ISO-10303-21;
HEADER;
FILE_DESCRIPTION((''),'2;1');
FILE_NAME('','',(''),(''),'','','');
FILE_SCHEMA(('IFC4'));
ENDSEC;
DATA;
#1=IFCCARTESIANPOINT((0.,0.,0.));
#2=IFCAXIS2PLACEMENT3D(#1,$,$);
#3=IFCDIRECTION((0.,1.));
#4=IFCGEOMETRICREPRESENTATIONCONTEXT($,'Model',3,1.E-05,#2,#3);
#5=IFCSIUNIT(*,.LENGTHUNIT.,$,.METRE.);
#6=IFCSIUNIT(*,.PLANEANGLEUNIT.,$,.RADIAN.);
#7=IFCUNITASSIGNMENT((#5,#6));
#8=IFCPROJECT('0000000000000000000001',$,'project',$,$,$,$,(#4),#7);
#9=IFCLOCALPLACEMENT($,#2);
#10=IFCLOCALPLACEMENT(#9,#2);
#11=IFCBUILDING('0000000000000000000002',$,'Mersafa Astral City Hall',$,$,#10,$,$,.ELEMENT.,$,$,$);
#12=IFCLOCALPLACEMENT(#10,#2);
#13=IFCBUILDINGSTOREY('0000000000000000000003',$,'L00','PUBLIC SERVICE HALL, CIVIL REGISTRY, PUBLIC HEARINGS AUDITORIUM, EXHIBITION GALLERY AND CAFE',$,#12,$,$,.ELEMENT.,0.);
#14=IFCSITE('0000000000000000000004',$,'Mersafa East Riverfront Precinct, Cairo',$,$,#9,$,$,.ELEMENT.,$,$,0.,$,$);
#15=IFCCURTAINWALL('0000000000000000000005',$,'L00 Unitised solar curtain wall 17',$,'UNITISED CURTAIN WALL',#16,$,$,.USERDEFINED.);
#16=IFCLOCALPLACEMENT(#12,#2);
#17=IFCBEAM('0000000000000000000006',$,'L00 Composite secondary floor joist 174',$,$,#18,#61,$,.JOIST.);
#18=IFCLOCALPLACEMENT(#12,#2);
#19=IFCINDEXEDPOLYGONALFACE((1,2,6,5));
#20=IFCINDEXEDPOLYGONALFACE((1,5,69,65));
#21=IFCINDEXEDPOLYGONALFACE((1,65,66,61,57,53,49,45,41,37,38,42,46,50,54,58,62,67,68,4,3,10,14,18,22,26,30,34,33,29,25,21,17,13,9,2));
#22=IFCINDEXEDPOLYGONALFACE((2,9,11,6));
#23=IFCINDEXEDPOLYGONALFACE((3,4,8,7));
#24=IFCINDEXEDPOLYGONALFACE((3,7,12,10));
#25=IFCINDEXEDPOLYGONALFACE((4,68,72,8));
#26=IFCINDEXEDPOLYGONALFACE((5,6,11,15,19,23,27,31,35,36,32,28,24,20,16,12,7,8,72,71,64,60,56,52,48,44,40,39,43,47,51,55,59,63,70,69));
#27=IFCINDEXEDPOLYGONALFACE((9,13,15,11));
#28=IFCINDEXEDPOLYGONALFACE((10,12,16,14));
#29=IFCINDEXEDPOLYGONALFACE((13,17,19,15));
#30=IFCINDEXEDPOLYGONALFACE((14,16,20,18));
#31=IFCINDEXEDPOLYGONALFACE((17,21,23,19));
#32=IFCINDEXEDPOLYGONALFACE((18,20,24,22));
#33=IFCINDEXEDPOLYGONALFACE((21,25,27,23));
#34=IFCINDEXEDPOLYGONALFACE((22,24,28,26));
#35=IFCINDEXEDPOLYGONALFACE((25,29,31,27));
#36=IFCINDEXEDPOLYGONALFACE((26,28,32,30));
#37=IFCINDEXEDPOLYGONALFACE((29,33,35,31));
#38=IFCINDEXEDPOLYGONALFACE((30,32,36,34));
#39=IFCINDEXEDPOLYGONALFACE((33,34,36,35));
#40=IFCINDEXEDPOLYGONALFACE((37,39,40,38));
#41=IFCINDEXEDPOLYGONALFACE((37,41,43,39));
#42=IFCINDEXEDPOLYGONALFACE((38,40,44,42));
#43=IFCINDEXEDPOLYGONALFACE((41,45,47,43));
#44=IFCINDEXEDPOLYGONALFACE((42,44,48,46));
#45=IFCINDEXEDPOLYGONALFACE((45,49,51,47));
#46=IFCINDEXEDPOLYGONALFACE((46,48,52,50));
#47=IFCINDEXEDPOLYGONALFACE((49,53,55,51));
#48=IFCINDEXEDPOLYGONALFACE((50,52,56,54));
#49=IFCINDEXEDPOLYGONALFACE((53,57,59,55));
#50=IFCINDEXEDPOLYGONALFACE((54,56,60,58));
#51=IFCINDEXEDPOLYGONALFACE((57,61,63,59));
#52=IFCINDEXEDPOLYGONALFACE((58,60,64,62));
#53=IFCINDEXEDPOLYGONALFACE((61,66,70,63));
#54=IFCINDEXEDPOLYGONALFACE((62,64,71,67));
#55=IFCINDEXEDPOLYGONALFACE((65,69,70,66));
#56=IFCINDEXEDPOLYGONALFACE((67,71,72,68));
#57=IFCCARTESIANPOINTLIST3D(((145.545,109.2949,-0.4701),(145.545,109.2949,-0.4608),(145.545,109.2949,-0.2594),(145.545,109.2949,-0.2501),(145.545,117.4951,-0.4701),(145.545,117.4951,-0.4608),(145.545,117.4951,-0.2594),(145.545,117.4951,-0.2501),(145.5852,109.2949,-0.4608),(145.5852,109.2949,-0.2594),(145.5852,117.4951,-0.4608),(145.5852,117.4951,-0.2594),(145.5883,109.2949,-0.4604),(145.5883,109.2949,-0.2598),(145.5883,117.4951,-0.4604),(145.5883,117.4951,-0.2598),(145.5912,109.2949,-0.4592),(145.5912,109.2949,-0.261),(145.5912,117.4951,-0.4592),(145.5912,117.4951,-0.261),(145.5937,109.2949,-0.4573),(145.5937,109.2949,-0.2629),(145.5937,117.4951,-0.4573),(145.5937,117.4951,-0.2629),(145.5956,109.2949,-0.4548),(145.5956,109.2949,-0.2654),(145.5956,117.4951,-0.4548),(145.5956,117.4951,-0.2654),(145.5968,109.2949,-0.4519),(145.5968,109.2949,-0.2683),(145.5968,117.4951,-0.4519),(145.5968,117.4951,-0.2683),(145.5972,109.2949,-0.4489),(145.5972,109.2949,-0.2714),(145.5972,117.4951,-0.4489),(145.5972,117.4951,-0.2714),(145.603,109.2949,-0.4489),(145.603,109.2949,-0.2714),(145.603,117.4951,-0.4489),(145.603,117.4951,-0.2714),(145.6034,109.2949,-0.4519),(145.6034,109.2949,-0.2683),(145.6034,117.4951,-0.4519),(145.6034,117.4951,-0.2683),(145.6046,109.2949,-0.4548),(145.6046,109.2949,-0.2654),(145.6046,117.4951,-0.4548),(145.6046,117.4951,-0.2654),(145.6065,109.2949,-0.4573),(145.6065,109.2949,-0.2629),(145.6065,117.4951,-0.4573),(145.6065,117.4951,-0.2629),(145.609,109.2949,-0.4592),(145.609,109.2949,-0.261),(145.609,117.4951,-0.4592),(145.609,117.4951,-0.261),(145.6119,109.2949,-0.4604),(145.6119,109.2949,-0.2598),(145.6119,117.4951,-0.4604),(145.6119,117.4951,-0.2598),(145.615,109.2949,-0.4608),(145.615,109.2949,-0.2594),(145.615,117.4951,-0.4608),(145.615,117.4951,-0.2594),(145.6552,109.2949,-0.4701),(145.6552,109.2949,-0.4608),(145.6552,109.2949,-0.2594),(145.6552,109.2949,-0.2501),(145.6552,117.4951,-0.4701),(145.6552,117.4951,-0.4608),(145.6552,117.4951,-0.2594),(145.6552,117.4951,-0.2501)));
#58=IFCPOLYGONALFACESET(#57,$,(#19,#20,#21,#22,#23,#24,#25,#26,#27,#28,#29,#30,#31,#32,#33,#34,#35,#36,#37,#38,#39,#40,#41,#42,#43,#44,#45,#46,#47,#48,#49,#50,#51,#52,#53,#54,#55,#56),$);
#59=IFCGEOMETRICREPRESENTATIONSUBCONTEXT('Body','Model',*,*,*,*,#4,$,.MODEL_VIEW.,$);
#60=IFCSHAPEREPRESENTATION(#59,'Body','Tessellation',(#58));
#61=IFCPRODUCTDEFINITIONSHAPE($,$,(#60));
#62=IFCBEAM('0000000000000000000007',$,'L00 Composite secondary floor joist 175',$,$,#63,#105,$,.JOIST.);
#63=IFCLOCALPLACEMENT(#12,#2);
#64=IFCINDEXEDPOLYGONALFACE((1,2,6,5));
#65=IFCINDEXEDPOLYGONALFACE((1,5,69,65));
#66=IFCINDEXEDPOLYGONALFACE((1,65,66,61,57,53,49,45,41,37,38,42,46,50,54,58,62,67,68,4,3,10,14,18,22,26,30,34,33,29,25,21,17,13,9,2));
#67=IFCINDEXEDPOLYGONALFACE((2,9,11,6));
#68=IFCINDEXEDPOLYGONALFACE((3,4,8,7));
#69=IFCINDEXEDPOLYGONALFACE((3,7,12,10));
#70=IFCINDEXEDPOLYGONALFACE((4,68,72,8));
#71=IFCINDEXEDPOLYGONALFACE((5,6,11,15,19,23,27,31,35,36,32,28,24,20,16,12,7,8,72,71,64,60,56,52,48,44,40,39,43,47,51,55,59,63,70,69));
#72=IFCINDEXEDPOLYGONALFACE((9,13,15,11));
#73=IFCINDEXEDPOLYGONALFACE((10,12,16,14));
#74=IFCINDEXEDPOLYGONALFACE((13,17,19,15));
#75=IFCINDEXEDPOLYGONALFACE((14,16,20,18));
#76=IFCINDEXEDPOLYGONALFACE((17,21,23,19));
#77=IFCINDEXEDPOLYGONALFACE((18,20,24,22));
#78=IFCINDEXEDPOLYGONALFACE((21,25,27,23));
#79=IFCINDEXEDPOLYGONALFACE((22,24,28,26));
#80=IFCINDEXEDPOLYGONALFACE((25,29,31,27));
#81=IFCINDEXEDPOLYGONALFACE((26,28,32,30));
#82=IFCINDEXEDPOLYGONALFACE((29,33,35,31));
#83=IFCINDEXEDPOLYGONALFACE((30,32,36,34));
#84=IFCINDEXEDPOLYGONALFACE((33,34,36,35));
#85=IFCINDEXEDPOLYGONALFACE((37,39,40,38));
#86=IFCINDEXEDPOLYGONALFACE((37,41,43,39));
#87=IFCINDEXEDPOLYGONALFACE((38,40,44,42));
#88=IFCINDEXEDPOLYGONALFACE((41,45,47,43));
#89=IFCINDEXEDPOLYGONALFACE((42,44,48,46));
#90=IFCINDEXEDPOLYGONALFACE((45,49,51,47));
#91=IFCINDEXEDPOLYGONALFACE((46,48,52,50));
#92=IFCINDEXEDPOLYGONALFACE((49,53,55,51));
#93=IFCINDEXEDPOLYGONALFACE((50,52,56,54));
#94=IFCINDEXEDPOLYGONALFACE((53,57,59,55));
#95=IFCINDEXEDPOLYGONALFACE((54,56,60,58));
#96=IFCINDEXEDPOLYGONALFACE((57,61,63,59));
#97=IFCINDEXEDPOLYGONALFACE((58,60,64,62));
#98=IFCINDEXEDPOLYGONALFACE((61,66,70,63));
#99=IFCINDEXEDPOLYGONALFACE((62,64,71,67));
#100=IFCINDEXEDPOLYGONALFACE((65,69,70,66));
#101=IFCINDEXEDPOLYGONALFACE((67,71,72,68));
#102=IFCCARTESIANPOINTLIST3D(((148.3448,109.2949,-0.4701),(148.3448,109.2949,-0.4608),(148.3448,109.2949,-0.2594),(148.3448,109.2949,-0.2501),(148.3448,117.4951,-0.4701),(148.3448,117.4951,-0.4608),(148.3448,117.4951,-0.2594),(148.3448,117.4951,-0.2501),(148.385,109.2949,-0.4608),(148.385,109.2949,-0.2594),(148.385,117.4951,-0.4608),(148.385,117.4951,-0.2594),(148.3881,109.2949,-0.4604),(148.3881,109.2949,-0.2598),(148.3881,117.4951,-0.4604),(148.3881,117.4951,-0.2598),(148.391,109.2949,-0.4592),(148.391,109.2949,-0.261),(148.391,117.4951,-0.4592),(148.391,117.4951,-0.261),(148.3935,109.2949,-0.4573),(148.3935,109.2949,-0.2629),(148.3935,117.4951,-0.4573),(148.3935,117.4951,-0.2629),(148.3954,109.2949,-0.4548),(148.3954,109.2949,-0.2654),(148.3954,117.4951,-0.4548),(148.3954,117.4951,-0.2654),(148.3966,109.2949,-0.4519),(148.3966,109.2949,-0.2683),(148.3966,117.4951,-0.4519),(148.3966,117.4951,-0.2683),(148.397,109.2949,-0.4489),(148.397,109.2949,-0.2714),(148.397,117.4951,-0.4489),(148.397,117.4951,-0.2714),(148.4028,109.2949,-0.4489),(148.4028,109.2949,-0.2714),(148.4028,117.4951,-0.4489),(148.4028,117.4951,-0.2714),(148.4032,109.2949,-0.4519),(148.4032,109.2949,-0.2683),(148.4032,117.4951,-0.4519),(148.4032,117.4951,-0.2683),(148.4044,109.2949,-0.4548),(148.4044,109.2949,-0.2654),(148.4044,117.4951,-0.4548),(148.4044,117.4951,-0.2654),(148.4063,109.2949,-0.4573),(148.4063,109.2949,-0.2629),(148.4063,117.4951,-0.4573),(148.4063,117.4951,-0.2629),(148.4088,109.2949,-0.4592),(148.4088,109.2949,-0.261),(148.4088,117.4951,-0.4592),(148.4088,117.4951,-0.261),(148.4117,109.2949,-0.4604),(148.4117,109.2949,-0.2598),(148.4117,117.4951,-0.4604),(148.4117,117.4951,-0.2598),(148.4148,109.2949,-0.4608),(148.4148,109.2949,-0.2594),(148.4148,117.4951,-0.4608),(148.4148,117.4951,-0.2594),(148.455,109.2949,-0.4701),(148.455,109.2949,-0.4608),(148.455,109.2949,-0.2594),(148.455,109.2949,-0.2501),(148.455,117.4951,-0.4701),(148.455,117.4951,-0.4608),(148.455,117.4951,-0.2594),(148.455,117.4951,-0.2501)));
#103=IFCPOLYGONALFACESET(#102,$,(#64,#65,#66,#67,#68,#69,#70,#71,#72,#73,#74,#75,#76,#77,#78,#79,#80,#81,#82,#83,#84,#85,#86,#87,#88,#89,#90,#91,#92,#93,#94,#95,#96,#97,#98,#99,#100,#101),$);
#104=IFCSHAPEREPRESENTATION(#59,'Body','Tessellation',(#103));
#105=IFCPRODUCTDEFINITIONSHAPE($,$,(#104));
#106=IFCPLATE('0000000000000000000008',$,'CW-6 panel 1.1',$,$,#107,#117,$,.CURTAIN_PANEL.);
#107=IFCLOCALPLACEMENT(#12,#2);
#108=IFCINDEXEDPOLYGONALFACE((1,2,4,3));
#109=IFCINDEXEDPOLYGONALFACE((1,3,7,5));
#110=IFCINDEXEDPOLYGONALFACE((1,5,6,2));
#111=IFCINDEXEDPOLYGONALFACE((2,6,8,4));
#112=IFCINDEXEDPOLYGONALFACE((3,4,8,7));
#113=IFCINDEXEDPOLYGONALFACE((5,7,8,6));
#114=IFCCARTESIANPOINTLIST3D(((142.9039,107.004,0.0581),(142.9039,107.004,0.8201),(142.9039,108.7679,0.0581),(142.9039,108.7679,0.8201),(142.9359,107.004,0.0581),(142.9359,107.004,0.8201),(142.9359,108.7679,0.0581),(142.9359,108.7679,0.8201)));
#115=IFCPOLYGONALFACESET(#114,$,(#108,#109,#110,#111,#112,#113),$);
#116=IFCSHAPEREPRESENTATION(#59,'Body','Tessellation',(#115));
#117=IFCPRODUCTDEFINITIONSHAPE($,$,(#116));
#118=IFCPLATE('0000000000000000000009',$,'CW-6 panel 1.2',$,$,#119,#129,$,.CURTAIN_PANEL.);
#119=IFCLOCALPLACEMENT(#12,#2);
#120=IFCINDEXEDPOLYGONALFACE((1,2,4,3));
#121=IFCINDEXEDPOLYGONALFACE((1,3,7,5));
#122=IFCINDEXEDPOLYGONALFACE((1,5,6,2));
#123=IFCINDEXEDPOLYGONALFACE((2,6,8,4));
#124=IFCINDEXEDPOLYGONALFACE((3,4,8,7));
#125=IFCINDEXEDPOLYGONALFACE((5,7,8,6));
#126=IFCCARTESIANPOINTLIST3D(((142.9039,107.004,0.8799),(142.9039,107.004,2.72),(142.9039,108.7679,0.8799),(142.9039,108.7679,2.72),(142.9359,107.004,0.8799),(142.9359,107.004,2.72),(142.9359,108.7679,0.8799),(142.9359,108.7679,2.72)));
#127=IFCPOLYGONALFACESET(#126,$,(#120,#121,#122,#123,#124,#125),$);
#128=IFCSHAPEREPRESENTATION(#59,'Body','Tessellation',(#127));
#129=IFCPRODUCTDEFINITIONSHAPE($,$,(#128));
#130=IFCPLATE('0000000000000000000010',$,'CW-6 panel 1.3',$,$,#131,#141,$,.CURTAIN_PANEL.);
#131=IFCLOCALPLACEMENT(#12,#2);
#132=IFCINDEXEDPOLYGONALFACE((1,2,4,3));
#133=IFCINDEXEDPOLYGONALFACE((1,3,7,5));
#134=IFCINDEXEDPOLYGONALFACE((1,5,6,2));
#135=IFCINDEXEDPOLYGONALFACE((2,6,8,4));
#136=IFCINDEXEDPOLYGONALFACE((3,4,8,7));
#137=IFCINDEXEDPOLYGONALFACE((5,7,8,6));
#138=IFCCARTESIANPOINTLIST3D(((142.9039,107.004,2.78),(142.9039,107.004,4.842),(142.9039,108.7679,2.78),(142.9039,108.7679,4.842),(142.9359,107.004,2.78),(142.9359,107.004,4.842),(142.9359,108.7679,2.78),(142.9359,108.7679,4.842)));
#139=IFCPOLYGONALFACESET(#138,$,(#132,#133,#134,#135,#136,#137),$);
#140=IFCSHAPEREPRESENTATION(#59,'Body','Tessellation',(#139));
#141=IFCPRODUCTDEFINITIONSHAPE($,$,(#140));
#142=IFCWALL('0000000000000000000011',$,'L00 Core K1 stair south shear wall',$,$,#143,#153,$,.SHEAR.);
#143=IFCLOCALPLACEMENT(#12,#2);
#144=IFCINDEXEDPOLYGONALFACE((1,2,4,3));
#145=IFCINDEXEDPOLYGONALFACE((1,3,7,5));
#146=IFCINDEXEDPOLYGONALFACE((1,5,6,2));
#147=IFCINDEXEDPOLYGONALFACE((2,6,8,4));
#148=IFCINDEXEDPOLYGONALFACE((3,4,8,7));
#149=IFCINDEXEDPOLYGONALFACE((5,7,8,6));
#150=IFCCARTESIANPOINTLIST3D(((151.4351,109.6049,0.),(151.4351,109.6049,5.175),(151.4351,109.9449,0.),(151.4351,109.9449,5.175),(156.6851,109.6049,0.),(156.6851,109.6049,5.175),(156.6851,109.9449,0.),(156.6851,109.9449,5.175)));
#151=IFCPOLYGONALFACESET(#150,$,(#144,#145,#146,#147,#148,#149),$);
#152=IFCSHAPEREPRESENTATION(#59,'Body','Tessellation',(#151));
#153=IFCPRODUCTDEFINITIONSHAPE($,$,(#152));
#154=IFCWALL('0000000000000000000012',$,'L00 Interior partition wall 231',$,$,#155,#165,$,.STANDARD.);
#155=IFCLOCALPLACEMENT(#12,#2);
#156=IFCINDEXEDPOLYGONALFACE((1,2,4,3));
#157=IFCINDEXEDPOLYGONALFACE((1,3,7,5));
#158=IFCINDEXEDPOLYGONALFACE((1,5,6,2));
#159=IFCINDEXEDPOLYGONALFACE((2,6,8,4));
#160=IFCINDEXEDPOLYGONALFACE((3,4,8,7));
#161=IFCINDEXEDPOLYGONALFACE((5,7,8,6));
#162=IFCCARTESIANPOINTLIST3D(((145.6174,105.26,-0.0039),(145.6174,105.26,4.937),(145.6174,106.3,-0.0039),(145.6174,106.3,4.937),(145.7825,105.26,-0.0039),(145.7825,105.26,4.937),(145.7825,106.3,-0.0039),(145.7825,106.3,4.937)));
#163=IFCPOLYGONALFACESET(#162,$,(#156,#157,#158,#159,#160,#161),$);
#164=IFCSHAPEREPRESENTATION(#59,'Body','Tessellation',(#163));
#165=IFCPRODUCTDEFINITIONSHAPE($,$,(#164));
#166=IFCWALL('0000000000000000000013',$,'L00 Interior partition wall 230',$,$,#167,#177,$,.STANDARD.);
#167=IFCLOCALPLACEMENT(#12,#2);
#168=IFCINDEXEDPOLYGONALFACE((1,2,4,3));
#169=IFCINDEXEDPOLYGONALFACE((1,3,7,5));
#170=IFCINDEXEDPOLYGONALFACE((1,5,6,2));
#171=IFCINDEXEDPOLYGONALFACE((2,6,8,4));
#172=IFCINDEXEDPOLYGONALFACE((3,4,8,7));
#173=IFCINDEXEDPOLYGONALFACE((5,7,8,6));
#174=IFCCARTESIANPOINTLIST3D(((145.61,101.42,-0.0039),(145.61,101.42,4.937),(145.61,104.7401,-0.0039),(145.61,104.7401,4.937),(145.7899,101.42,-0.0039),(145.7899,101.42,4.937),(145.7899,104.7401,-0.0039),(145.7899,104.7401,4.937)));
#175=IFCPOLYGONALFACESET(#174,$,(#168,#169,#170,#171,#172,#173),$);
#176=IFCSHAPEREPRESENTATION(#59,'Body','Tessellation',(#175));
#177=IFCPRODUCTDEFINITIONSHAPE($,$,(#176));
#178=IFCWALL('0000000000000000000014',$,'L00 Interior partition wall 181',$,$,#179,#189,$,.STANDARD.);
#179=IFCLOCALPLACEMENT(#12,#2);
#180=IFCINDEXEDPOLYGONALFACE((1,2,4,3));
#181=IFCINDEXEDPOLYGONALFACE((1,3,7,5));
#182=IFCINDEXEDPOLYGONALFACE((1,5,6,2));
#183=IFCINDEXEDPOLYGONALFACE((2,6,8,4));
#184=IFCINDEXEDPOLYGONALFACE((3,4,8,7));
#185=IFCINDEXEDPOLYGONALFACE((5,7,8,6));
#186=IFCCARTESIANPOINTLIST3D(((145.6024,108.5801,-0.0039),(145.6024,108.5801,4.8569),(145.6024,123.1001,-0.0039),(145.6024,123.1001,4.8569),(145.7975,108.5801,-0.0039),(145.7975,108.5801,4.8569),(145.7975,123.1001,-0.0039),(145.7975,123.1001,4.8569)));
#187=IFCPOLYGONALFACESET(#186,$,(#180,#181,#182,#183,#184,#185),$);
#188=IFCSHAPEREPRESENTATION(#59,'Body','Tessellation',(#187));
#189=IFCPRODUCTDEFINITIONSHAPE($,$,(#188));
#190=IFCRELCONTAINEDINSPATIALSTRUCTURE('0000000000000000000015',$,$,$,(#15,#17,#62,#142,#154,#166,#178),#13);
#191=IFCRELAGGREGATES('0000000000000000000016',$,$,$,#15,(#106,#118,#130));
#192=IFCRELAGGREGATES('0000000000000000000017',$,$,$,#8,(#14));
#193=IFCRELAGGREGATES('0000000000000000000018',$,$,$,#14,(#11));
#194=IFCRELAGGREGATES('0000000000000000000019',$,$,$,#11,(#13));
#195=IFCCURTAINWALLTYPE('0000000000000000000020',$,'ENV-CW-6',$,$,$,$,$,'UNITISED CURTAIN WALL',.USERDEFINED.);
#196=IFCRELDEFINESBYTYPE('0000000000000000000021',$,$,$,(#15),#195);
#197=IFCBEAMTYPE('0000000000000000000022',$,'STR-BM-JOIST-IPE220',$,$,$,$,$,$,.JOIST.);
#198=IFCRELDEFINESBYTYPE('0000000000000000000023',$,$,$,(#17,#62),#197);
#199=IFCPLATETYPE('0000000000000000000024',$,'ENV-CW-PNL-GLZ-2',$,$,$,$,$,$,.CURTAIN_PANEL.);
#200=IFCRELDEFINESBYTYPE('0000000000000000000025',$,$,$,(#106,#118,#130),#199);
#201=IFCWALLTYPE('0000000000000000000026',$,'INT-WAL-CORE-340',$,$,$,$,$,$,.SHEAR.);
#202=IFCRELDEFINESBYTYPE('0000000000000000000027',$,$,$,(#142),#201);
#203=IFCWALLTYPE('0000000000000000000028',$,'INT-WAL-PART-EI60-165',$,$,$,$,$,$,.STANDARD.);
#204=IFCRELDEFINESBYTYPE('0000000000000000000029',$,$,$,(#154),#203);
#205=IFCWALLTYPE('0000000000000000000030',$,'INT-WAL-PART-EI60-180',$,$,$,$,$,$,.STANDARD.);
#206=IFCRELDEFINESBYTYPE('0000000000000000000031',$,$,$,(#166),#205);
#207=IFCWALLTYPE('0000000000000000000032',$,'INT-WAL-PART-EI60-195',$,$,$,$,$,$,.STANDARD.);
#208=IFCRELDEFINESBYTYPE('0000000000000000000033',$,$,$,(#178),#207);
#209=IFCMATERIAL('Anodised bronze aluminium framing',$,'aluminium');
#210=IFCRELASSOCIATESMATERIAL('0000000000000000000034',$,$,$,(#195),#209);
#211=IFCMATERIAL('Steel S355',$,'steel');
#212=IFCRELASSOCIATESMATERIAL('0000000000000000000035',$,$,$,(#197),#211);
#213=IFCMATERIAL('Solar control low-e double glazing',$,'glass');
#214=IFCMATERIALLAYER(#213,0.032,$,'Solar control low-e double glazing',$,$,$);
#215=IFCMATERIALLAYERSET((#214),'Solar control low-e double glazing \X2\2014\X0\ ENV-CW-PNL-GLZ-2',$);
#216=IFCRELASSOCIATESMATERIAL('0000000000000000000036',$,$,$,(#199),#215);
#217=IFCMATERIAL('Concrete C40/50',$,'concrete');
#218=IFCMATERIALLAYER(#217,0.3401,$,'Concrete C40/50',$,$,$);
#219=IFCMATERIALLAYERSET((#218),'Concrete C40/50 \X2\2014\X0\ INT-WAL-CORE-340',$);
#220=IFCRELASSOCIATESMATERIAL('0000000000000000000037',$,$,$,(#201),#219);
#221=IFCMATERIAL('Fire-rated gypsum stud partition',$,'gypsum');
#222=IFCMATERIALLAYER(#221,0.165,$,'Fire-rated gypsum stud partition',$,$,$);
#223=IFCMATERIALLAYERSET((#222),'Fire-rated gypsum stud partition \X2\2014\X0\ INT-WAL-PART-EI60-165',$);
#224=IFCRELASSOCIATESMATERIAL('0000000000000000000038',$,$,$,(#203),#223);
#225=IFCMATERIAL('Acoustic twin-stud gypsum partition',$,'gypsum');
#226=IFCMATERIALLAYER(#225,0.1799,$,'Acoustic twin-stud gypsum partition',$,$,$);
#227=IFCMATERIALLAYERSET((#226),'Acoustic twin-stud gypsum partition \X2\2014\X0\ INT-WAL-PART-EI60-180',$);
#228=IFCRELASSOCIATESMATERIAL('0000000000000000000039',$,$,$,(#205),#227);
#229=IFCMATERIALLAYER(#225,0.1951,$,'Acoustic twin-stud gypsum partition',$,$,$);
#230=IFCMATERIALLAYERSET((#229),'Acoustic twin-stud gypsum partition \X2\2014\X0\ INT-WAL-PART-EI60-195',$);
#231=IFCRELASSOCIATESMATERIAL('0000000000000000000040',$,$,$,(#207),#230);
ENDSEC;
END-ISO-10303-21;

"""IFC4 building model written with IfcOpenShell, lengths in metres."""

from ifc_helpers import new_model, si_unit, direction, frame, frame_2d, origin, origin_2d, place, context, subcontext, project, spatial, rectangle, i_section, extrude, material, layer, layer_set, material_profile, profile_set, type_object, element, aggregate, save


model = new_model("IFC4")

# Units and contexts
model_context = context("Model", 3, precision=1e-05, world=origin(), true_north=direction((0.0, 1.0)))
body_context = subcontext(model_context, "Body", "Model", "MODEL_VIEW")
ifc_project = project(units=[si_unit("LENGTHUNIT", "METRE"), si_unit("PLANEANGLEUNIT", "RADIAN")], contexts=[model_context])

# Site, building, storey
site_placement = place(None, origin())
site = spatial("IfcSite", under=ifc_project, at=site_placement, Name="Mersafa East Riverfront Precinct, Cairo", CompositionType="ELEMENT", RefElevation=0.0)
building_placement = place(site_placement, origin())
building = spatial("IfcBuilding", under=site, at=building_placement, Name="Mersafa Astral City Hall", CompositionType="ELEMENT")
storey_placement = place(building_placement, origin())
storey = spatial("IfcBuildingStorey", under=building, at=storey_placement, Name="L00", Description="PUBLIC SERVICE HALL, CIVIL REGISTRY, PUBLIC HEARINGS AUDITORIUM, EXHIBITION GALLERY AND CAFE", CompositionType="ELEMENT", Elevation=0.0)

# Shared definitions
ifc_material_1 = material(Name="Steel S355", Category="steel")

# Shared definitions
ifc_material_2 = material(Name="Anodised bronze aluminium framing", Category="aluminium")

# Curtain wall
curtain_wall_type_1 = type_object("IfcCurtainWallType", Name="ENV-CW-6", ElementType="UNITISED CURTAIN WALL", PredefinedType="USERDEFINED", material=ifc_material_2)
curtain_wall_1_placement = place(storey_placement, origin())
curtain_wall_1 = element("IfcCurtainWall", 1, at=curtain_wall_1_placement, inside=storey, type_object=curtain_wall_type_1, Name="L00 Unitised solar curtain wall 17", ObjectType="UNITISED CURTAIN WALL", PredefinedType="USERDEFINED")

# Beams
ifc_material_profile_1 = material_profile(ifc_material_1, i_section(OverallWidth=0.1101, OverallDepth=0.22, WebThickness=0.0059, FlangeThickness=0.0093, FilletRadius=0.012, at=origin_2d()), Name="IPE 220")
ifc_profile_set_1 = profile_set([ifc_material_profile_1], Name="Steel S355")
beam_type_1 = type_object("IfcBeamType", Name="STR-BM-JOIST-IPE220", PredefinedType="JOIST", material=ifc_profile_set_1)
for number, where, z_axis, x_axis, name in (
    (2, (145.6001, 109.2949, -0.3601), (0.0, 1.0, 0.0), (-1.0, 0.0, 0.0), "L00 Composite secondary floor joist 174"),
    (3, (148.3999, 109.2949, -0.3601), (0.0, 1.0, 0.0), (-1.0, 0.0, 0.0), "L00 Composite secondary floor joist 175"),
):
    element("IfcBeam", number, at=place(storey_placement, frame(where, z_axis=z_axis, x_axis=x_axis)), inside=storey, type_object=beam_type_1, Name=name, PredefinedType="JOIST", context=body_context, shape_type="SweptSolid", body=[
        extrude(i_section(OverallWidth=0.1101, OverallDepth=0.22, WebThickness=0.0059, FlangeThickness=0.0093, FilletRadius=0.012, at=origin_2d()), origin(), (0.0, 0.0, 1.0), 8.2002),
    ])

# Plates
ifc_material_3 = material(Name="Solar control low-e double glazing", Category="glass")
ifc_layer_1 = layer(ifc_material_3, 0.032, Name="Solar control low-e double glazing")
ifc_layer_set_1 = layer_set([ifc_layer_1], Name="Solar control low-e double glazing — ENV-CW-PNL-GLZ-2")
plate_type = type_object("IfcPlateType", Name="ENV-CW-PNL-GLZ-2", PredefinedType="CURTAIN_PANEL", material=ifc_layer_set_1)
plate_1_placement = place(storey_placement, frame((142.9199, 107.886, 0.0581), z_axis=(0.0, 0.0, 1.0), x_axis=(0.0, -1.0, 0.0)))
plate_1 = element("IfcPlate", 4, at=plate_1_placement, type_object=plate_type, Name="CW-6 panel 1.1", PredefinedType="CURTAIN_PANEL", context=body_context, shape_type="SweptSolid", body=[
    extrude(rectangle(XDim=1.7639, YDim=0.032, at=origin_2d()), origin(), (0.0, 0.0, 1.0), 0.762),
])
plate_2_placement = place(storey_placement, frame((142.9199, 107.886, 0.8799), z_axis=(0.0, 0.0, 1.0), x_axis=(0.0, -1.0, 0.0)))
plate_2 = element("IfcPlate", 5, at=plate_2_placement, type_object=plate_type, Name="CW-6 panel 1.2", PredefinedType="CURTAIN_PANEL", context=body_context, shape_type="SweptSolid", body=[
    extrude(rectangle(XDim=1.7639, YDim=0.032, at=origin_2d()), origin(), (0.0, 0.0, 1.0), 1.8401),
])
plate_3_placement = place(storey_placement, frame((142.9199, 107.886, 2.78), z_axis=(0.0, 0.0, 1.0), x_axis=(0.0, -1.0, 0.0)))
plate_3 = element("IfcPlate", 6, at=plate_3_placement, type_object=plate_type, Name="CW-6 panel 1.3", PredefinedType="CURTAIN_PANEL", context=body_context, shape_type="SweptSolid", body=[
    extrude(rectangle(XDim=1.7639, YDim=0.032, at=origin_2d()), origin(), (0.0, 0.0, 1.0), 2.062),
])
aggregate(curtain_wall_1, [plate_1, plate_2, plate_3])

# Walls
ifc_material_4 = material(Name="Concrete C40/50", Category="concrete")
ifc_layer_2 = layer(ifc_material_4, 0.3401, Name="Concrete C40/50")
ifc_layer_set_2 = layer_set([ifc_layer_2], Name="Concrete C40/50 — INT-WAL-CORE-340")
wall_type_1 = type_object("IfcWallType", Name="INT-WAL-CORE-340", PredefinedType="SHEAR", material=ifc_layer_set_2)
wall_1_placement = place(storey_placement, frame((151.4351, 109.7749, 0.0), z_axis=(0.0, 0.0, 1.0), x_axis=(1.0, 0.0, 0.0)))
element("IfcWall", 7, at=wall_1_placement, inside=storey, type_object=wall_type_1, Name="L00 Core K1 stair south shear wall", PredefinedType="SHEAR", context=body_context, shape_type="SweptSolid", body=[
    extrude(rectangle(XDim=5.25, YDim=0.3401, at=frame_2d((2.625, 0.0))), origin(), (0.0, 0.0, 1.0), 5.175),
])
ifc_material_5 = material(Name="Fire-rated gypsum stud partition", Category="gypsum")
ifc_layer_3 = layer(ifc_material_5, 0.165, Name="Fire-rated gypsum stud partition")
ifc_layer_set_3 = layer_set([ifc_layer_3], Name="Fire-rated gypsum stud partition — INT-WAL-PART-EI60-165")
wall_type_2 = type_object("IfcWallType", Name="INT-WAL-PART-EI60-165", PredefinedType="STANDARD", material=ifc_layer_set_3)
wall_2_placement = place(storey_placement, frame((145.7, 105.26, -0.0039), z_axis=(0.0, 0.0, 1.0), x_axis=(0.0, 1.0, 0.0)))
element("IfcWall", 8, at=wall_2_placement, inside=storey, type_object=wall_type_2, Name="L00 Interior partition wall 231", PredefinedType="STANDARD", context=body_context, shape_type="SweptSolid", body=[
    extrude(rectangle(XDim=1.04, YDim=0.165, at=frame_2d((0.52, 0.0))), origin(), (0.0, 0.0, 1.0), 4.9409),
])
ifc_material_6 = material(Name="Acoustic twin-stud gypsum partition", Category="gypsum")
ifc_layer_4 = layer(ifc_material_6, 0.1799, Name="Acoustic twin-stud gypsum partition")
ifc_layer_set_4 = layer_set([ifc_layer_4], Name="Acoustic twin-stud gypsum partition — INT-WAL-PART-EI60-180")
wall_type_3 = type_object("IfcWallType", Name="INT-WAL-PART-EI60-180", PredefinedType="STANDARD", material=ifc_layer_set_4)
wall_3_placement = place(storey_placement, frame((145.7, 101.4199, -0.0039), z_axis=(0.0, 0.0, 1.0), x_axis=(0.0, 1.0, 0.0)))
element("IfcWall", 9, at=wall_3_placement, inside=storey, type_object=wall_type_3, Name="L00 Interior partition wall 230", PredefinedType="STANDARD", context=body_context, shape_type="SweptSolid", body=[
    extrude(rectangle(XDim=3.3201, YDim=0.1799, at=frame_2d((1.6602, 0.0))), origin(), (0.0, 0.0, 1.0), 4.9409),
])
ifc_layer_5 = layer(ifc_material_6, 0.1951, Name="Acoustic twin-stud gypsum partition")
ifc_layer_set_5 = layer_set([ifc_layer_5], Name="Acoustic twin-stud gypsum partition — INT-WAL-PART-EI60-195")
wall_type_4 = type_object("IfcWallType", Name="INT-WAL-PART-EI60-195", PredefinedType="STANDARD", material=ifc_layer_set_5)
wall_4_placement = place(storey_placement, frame((145.7, 108.5801, -0.0039), z_axis=(0.0, 0.0, 1.0), x_axis=(0.0, 1.0, 0.0)))
element("IfcWall", 10, at=wall_4_placement, inside=storey, type_object=wall_type_4, Name="L00 Interior partition wall 181", PredefinedType="STANDARD", context=body_context, shape_type="SweptSolid", body=[
    extrude(rectangle(XDim=14.52, YDim=0.1951, at=frame_2d((7.26, 0.0))), origin(), (0.0, 0.0, 1.0), 4.8608),
])

save(model, "model.ifc")
